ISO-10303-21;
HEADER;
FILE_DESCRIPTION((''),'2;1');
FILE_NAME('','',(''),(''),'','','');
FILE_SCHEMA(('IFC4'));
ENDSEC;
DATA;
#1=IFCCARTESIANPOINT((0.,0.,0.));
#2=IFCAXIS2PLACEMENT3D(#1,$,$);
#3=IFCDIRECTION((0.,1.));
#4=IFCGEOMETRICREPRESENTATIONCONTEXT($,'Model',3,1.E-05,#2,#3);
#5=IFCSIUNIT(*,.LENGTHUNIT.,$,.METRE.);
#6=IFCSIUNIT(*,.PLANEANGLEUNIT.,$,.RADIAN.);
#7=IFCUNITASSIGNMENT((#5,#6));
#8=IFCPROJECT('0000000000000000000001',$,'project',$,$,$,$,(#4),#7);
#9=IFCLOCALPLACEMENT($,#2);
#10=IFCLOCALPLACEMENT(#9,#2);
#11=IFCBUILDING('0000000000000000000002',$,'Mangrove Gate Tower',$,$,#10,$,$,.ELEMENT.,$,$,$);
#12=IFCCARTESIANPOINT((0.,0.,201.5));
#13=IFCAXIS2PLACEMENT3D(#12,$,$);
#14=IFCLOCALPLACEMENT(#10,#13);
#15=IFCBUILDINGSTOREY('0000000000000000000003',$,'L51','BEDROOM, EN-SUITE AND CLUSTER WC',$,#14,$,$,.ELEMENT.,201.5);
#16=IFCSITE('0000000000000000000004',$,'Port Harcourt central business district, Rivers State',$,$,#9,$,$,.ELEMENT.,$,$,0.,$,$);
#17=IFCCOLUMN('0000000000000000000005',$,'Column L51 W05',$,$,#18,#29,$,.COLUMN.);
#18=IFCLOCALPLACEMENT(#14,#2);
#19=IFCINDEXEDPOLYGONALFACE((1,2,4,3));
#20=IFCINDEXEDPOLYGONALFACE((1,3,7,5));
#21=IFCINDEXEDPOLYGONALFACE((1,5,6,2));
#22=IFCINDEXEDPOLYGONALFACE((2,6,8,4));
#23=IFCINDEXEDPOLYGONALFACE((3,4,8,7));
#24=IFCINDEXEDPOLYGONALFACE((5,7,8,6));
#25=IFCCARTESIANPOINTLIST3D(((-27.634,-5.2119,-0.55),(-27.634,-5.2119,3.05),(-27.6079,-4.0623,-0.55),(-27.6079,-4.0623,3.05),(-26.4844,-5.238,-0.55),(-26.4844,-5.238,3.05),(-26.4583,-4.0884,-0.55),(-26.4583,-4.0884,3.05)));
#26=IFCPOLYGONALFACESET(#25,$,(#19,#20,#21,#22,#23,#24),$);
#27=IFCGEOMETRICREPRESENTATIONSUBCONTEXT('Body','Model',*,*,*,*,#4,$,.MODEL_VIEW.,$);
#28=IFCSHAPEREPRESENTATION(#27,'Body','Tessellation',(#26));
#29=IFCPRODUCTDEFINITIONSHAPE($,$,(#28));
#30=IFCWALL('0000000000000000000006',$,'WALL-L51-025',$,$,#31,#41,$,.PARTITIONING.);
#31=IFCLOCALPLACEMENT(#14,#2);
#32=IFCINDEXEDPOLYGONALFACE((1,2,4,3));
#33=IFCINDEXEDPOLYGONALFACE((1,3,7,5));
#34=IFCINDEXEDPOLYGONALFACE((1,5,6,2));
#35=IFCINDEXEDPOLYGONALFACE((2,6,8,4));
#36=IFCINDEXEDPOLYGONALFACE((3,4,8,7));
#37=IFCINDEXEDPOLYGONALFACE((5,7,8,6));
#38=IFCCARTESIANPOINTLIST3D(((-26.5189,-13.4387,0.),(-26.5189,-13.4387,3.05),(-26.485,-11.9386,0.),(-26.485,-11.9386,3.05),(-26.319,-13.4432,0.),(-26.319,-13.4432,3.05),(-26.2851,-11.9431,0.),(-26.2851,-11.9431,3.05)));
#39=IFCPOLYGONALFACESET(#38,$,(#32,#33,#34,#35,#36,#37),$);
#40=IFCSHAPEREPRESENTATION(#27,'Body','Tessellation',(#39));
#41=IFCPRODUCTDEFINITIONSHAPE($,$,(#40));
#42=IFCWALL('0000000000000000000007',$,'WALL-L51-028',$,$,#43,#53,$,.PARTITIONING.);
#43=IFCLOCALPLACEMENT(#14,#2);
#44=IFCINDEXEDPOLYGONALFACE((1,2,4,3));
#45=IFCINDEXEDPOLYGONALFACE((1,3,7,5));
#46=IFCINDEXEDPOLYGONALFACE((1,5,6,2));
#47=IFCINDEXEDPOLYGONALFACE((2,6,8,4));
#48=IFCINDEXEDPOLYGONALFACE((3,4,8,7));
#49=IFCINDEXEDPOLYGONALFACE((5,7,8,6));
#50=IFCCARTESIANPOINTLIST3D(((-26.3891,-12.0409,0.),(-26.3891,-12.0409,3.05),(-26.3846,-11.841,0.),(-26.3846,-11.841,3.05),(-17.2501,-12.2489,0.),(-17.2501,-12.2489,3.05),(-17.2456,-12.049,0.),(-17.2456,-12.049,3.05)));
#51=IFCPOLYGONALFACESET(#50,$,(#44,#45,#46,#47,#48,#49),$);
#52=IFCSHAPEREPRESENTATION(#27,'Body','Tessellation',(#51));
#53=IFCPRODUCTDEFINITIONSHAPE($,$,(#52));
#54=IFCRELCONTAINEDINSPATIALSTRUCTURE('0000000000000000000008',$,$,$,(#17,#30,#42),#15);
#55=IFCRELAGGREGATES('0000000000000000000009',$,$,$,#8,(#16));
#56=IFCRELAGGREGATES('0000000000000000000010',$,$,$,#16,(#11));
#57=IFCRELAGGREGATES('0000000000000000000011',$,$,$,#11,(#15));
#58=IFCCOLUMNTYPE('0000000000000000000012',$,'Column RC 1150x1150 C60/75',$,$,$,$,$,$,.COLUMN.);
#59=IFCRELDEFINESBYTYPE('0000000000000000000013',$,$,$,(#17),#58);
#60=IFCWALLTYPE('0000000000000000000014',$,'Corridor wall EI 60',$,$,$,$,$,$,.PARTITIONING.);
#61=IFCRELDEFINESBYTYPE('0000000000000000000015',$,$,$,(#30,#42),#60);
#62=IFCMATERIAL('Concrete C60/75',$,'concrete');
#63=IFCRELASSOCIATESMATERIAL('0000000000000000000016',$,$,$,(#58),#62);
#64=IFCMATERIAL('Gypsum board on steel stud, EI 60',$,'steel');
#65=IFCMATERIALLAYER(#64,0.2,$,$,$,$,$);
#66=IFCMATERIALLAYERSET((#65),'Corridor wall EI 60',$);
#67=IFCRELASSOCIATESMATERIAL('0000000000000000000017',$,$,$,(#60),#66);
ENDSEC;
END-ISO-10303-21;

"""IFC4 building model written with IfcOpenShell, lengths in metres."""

from ifc_helpers import new_model, si_unit, direction, frame, frame_2d, origin, origin_2d, place, context, subcontext, project, spatial, rectangle, extrude, material, layer, layer_set, material_profile, profile_set, type_object, element, save


model = new_model("IFC4")

# Units and contexts
model_context = context("Model", 3, precision=1e-05, world=origin(), true_north=direction((0.0, 1.0)))
body_context = subcontext(model_context, "Body", "Model", "MODEL_VIEW")
ifc_project = project(units=[si_unit("LENGTHUNIT", "METRE"), si_unit("PLANEANGLEUNIT", "RADIAN")], contexts=[model_context])

# Site, building, storey
site_placement = place(None, origin())
site = spatial("IfcSite", under=ifc_project, at=site_placement, Name="Port Harcourt central business district, Rivers State", CompositionType="ELEMENT", RefElevation=0.0)
building_placement = place(site_placement, origin())
building = spatial("IfcBuilding", under=site, at=building_placement, Name="Mangrove Gate Tower", CompositionType="ELEMENT")
storey_placement = place(building_placement, frame((0.0, 0.0, 201.5)))
storey = spatial("IfcBuildingStorey", under=building, at=storey_placement, Name="L51", Description="BEDROOM, EN-SUITE AND CLUSTER WC", CompositionType="ELEMENT", Elevation=201.5)

# Column
ifc_material_1 = material(Name="Concrete C60/75", Category="concrete")
ifc_material_profile = material_profile(ifc_material_1, rectangle(XDim=1.1499, YDim=1.1499, at=origin_2d()))
ifc_profile_set = profile_set([ifc_material_profile], Name="Concrete C60/75")
column_type = type_object("IfcColumnType", Name="Column RC 1150x1150 C60/75", PredefinedType="COLUMN", material=ifc_profile_set)
column_placement = place(storey_placement, frame((-27.0461, -4.6501, -0.55), z_axis=(0.0, 0.0, 1.0), x_axis=(-0.022682, -0.999743, 0.0)))
element("IfcColumn", 1, at=column_placement, inside=storey, type_object=column_type, Name="Column L51 W05", PredefinedType="COLUMN", context=body_context, shape_type="SweptSolid", body=[
    extrude(rectangle(XDim=1.1499, YDim=1.1499, at=origin_2d()), origin(), (0.0, 0.0, 1.0), 3.6001),
])

# Shared definitions
ifc_material_2 = material(Name="Gypsum board on steel stud, EI 60", Category="steel")
ifc_layer = layer(ifc_material_2, 0.2)
ifc_layer_set = layer_set([ifc_layer], Name="Corridor wall EI 60")
wall_type = type_object("IfcWallType", Name="Corridor wall EI 60", PredefinedType="PARTITIONING", material=ifc_layer_set)

# Walls
wall_1_placement = place(storey_placement, frame((-26.4189, -13.4409, 0.0), z_axis=(0.0, 0.0, 1.0), x_axis=(0.022618, 0.999744, 0.0)))
element("IfcWall", 2, at=wall_1_placement, inside=storey, type_object=wall_type, Name="WALL-L51-025", PredefinedType="PARTITIONING", context=body_context, shape_type="SweptSolid", body=[
    extrude(rectangle(XDim=1.5005, YDim=0.2, at=frame_2d((0.7502, 0.0))), origin(), (0.0, 0.0, 1.0), 3.05),
])
wall_2_placement = place(storey_placement, frame((-26.387, -11.9409, 0.0), z_axis=(0.0, 0.0, 1.0), x_axis=(0.999741, -0.022755, 0.0)))
element("IfcWall", 3, at=wall_2_placement, inside=storey, type_object=wall_type, Name="WALL-L51-028", PredefinedType="PARTITIONING", context=body_context, shape_type="SweptSolid", body=[
    extrude(rectangle(XDim=9.1414, YDim=0.2, at=frame_2d((4.5708, 0.0))), origin(), (0.0, 0.0, 1.0), 3.05),
])

save(model, "model.ifc")
